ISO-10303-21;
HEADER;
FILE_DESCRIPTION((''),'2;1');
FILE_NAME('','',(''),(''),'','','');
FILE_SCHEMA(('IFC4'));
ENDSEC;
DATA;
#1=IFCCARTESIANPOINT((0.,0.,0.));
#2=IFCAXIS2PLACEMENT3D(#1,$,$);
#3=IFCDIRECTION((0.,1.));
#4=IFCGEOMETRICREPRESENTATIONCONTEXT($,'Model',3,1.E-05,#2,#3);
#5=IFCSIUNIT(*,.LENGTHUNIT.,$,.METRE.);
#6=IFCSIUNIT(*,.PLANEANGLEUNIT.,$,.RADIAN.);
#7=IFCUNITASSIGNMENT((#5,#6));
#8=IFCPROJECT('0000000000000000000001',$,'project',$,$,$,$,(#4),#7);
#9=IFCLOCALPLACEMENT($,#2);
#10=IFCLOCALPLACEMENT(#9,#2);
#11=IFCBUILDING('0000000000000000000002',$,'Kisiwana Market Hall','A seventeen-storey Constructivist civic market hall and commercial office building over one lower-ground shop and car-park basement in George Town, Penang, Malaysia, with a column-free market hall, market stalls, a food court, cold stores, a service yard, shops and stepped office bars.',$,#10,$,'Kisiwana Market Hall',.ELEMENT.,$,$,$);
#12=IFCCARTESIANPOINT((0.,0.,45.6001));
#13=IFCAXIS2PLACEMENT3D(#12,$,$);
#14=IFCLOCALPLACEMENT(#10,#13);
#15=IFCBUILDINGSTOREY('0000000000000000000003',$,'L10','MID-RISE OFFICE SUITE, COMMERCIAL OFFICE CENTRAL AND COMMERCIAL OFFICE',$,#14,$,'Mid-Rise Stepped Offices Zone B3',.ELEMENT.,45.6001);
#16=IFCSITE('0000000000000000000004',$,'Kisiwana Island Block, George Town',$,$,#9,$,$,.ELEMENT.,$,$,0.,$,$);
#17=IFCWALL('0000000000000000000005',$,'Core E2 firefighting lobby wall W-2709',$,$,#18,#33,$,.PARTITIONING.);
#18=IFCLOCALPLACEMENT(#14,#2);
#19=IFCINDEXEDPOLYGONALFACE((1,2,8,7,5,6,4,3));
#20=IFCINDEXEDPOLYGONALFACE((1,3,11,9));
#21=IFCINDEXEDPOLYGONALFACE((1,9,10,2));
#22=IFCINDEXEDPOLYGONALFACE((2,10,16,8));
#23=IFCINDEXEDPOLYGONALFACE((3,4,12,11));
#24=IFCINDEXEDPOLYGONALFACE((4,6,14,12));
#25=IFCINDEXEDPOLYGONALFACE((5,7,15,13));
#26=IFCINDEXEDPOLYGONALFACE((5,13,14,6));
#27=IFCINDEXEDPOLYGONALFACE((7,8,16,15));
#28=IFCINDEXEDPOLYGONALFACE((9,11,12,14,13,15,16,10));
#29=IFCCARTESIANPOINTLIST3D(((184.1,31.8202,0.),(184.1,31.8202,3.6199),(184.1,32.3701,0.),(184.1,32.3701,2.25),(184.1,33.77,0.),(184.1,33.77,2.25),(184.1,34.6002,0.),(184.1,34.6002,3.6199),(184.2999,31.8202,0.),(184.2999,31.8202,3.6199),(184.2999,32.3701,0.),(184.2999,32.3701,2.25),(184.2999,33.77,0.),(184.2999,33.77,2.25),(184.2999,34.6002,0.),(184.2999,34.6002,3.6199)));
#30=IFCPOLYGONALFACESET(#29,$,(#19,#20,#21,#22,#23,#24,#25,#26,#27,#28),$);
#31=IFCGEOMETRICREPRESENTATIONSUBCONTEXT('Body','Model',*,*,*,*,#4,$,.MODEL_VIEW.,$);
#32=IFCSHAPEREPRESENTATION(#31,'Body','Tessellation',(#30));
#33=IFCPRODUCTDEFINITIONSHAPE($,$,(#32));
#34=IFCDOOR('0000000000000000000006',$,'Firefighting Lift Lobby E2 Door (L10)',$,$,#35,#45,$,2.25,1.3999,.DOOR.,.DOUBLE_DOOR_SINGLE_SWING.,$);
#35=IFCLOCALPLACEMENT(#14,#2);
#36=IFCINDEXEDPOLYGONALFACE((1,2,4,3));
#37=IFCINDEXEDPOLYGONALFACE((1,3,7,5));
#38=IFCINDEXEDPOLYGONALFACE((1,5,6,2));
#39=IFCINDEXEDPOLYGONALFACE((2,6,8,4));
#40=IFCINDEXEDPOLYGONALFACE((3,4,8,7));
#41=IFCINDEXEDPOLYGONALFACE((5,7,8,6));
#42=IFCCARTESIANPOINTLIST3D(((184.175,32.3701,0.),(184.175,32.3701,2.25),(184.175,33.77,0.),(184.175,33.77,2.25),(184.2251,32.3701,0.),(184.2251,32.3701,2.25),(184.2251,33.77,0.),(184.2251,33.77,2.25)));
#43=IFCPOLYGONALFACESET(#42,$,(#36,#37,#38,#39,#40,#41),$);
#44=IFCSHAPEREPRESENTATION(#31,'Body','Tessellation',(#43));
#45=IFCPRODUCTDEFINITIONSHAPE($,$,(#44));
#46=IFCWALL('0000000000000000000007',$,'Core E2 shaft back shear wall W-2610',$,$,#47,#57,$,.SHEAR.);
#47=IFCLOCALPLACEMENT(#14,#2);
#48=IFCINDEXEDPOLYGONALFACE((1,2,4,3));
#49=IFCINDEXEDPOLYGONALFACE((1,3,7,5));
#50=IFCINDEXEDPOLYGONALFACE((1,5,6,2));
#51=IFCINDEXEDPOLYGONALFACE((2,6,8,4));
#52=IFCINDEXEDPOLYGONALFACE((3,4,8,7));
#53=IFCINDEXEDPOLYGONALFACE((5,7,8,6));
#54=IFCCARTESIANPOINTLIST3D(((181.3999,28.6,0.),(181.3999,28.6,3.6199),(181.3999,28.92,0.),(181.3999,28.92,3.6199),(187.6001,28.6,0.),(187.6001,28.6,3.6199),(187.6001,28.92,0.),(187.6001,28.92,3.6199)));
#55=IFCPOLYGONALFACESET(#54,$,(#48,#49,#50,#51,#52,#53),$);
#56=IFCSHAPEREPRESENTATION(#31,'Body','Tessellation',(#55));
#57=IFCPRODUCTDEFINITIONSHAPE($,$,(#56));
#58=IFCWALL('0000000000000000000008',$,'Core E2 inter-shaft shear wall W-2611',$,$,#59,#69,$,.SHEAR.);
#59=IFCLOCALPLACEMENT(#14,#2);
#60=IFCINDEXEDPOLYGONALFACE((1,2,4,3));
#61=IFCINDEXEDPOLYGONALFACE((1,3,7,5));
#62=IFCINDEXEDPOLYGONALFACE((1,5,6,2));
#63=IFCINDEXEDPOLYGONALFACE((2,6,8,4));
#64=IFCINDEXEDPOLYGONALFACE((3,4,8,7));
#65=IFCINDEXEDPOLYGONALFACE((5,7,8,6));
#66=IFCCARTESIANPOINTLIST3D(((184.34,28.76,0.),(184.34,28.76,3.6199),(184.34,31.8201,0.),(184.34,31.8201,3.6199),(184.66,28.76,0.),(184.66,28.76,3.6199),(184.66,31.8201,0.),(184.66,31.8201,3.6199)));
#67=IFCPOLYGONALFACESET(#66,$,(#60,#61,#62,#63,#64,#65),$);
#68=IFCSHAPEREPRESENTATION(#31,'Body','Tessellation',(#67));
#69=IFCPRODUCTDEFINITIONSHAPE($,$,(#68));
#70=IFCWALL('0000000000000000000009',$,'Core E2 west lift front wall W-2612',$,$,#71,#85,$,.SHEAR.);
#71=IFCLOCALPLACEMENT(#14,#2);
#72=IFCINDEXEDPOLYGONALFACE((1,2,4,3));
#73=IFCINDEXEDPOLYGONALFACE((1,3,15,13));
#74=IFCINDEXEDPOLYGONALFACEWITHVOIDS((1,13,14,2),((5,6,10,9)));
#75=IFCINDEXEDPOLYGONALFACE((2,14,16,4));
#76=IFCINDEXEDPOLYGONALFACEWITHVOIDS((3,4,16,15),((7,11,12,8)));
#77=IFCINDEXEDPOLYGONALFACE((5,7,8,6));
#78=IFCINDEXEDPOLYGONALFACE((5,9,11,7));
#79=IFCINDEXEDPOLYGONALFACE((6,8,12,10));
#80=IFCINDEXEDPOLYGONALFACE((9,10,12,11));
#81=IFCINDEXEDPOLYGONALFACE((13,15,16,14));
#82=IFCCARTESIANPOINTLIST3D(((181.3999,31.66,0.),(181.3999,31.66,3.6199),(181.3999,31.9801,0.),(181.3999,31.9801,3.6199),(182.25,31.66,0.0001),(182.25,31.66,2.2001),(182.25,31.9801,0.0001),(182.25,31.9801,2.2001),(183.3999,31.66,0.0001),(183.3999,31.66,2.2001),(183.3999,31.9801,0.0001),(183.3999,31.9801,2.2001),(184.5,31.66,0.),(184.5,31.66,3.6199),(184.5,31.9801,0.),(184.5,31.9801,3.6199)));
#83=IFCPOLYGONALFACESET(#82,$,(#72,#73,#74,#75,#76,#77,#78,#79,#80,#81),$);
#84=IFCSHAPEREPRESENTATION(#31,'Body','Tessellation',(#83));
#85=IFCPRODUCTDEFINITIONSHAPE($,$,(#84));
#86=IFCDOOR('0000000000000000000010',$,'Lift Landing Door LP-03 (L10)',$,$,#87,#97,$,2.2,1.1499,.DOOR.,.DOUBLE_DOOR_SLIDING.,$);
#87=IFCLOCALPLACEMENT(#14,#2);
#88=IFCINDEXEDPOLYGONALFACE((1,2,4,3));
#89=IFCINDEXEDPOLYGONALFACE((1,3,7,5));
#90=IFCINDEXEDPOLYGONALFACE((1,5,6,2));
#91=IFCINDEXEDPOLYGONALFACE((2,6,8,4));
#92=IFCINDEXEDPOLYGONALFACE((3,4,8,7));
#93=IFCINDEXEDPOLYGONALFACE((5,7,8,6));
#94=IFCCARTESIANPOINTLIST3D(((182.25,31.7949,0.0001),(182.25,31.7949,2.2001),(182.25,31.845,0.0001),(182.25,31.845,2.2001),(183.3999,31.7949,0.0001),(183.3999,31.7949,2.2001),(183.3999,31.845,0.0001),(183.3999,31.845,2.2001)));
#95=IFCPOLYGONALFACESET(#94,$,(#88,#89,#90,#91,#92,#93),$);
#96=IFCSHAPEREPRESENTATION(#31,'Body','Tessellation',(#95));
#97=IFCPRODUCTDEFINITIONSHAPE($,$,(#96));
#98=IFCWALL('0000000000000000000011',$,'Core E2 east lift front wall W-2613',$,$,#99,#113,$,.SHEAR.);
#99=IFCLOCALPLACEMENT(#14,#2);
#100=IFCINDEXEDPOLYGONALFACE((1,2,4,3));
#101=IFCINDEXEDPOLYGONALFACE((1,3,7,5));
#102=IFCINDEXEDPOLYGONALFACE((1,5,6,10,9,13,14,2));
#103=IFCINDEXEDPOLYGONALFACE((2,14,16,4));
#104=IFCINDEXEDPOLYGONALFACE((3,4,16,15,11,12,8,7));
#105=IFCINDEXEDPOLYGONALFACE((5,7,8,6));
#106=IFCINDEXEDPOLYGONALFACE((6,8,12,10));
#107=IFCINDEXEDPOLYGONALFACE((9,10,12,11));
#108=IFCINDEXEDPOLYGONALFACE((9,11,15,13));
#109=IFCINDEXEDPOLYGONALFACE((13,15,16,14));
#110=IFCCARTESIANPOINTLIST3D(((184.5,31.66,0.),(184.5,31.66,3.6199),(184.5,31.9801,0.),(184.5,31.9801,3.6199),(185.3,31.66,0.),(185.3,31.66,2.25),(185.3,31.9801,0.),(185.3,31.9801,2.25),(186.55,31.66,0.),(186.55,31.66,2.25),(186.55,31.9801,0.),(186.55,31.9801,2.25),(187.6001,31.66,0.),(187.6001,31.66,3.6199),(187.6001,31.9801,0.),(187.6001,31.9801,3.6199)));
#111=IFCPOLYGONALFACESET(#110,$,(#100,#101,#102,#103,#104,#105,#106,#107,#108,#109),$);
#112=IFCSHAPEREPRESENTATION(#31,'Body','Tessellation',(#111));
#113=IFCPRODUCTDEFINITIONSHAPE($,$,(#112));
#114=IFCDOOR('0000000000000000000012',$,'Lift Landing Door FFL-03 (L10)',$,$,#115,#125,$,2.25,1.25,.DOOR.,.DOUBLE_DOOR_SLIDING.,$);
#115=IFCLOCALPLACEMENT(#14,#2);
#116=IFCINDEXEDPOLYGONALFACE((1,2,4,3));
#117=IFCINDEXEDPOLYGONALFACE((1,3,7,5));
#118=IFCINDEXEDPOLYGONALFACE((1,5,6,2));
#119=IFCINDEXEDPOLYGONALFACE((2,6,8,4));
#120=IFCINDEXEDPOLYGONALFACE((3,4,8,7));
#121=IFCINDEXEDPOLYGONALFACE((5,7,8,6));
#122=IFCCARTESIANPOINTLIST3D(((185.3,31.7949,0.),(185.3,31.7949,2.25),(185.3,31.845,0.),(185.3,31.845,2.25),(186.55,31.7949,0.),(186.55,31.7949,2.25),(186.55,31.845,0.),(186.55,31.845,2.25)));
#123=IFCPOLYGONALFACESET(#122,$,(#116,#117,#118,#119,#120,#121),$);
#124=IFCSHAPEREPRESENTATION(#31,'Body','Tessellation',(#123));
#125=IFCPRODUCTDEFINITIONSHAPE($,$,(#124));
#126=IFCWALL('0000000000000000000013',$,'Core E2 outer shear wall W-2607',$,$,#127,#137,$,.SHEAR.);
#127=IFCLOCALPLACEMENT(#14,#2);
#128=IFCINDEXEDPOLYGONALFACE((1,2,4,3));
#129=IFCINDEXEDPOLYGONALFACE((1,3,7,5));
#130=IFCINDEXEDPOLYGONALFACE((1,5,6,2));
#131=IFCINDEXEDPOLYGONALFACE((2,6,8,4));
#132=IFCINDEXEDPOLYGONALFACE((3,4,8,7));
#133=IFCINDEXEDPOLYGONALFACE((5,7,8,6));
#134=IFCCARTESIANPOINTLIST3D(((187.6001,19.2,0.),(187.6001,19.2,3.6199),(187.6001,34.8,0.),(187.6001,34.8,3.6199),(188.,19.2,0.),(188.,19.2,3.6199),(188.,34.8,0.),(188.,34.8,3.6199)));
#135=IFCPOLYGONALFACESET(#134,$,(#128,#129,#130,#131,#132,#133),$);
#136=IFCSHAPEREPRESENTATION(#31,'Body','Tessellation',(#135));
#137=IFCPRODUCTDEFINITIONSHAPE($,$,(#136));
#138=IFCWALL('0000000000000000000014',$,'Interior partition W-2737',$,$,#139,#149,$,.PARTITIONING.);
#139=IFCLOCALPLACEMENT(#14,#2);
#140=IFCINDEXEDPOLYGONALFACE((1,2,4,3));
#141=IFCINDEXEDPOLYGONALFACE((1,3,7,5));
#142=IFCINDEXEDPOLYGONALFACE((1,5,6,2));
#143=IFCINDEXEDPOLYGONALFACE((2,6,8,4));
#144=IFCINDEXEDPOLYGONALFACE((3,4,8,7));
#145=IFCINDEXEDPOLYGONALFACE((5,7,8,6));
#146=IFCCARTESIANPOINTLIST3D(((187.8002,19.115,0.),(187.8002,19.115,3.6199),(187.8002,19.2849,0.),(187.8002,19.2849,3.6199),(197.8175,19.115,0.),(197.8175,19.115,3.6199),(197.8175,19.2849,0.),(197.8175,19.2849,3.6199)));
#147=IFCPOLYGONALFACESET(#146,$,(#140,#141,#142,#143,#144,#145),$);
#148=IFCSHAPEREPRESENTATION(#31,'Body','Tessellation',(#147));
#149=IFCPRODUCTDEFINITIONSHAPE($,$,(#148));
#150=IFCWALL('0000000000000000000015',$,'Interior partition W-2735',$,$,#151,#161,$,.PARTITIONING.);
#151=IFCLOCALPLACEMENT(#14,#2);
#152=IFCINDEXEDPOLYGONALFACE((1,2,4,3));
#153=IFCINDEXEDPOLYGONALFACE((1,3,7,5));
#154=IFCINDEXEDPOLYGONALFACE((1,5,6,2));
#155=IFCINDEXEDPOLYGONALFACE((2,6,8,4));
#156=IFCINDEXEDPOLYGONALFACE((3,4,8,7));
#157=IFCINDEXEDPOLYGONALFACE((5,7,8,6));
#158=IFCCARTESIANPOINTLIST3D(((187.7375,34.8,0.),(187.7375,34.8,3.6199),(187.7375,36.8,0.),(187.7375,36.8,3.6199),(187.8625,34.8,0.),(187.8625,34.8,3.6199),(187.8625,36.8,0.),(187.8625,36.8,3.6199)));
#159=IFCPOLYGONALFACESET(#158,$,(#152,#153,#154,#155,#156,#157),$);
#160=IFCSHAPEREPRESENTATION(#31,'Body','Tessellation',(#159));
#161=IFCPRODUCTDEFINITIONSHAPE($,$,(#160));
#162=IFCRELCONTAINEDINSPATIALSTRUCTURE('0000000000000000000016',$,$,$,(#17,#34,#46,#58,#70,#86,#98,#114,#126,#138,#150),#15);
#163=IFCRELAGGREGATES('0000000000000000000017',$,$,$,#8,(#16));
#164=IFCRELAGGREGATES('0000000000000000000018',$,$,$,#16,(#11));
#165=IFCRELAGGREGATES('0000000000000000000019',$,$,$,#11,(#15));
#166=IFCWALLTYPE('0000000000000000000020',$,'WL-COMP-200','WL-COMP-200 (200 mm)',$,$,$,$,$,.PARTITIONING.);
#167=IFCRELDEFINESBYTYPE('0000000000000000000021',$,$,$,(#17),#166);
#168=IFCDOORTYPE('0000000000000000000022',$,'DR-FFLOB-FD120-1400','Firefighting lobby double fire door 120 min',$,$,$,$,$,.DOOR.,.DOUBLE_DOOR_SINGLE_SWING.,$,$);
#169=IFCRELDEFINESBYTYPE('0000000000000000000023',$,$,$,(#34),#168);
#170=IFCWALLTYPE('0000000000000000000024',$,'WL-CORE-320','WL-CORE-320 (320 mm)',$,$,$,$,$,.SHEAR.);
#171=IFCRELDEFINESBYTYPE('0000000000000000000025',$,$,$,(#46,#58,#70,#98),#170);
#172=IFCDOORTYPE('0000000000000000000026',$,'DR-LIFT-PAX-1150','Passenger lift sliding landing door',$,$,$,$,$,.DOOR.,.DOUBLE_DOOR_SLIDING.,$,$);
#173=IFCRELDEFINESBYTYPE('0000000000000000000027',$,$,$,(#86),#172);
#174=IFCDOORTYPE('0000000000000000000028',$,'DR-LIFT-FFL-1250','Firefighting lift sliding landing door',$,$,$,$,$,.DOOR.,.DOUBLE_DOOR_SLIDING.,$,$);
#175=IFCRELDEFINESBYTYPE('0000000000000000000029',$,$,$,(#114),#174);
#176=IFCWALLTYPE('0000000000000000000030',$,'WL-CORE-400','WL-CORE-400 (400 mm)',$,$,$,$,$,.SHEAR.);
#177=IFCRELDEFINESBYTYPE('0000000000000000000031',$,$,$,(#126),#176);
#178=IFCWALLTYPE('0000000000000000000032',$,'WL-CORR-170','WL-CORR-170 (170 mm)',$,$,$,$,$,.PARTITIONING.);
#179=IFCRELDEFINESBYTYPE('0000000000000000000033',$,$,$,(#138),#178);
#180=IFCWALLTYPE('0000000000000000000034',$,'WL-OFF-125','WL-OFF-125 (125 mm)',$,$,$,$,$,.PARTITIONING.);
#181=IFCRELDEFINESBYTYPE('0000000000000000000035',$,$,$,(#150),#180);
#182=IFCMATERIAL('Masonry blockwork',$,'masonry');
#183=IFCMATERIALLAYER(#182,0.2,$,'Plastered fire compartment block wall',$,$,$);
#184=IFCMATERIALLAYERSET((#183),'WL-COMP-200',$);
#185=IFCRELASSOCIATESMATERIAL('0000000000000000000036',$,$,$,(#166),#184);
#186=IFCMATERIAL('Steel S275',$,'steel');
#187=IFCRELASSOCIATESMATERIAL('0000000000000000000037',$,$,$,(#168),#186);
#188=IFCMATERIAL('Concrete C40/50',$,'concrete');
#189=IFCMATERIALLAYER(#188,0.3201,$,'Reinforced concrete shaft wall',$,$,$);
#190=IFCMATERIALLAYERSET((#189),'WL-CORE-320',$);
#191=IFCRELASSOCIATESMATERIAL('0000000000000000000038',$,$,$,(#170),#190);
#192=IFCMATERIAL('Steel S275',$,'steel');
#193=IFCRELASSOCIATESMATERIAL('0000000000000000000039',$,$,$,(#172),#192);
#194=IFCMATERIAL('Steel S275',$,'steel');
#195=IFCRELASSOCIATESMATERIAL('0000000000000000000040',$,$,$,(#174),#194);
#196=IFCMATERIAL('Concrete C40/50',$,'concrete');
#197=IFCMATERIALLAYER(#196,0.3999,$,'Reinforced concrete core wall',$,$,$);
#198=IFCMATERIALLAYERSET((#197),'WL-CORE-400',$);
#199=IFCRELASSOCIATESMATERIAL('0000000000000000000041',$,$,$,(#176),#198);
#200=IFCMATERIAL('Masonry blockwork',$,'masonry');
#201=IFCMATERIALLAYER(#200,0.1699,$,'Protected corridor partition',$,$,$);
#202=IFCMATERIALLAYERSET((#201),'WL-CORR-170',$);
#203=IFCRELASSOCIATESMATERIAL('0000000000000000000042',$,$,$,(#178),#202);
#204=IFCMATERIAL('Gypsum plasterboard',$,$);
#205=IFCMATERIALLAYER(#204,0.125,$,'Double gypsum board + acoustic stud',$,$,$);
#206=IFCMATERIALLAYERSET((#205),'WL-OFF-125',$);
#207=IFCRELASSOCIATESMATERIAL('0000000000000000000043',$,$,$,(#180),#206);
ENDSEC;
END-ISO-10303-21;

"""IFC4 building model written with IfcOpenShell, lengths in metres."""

from ifc_helpers import new_model, si_unit, direction, frame, frame_2d, origin, place, context, subcontext, project, spatial, rectangle, extrude, material, layer, layer_set, type_object, element, fill, save


model = new_model("IFC4")

# Units and contexts
model_context = context("Model", 3, precision=1e-05, world=origin(), true_north=direction((0.0, 1.0)))
body_context = subcontext(model_context, "Body", "Model", "MODEL_VIEW")
ifc_project = project(units=[si_unit("LENGTHUNIT", "METRE"), si_unit("PLANEANGLEUNIT", "RADIAN")], contexts=[model_context])

# Site, building, storey
site_placement = place(None, origin())
site = spatial("IfcSite", under=ifc_project, at=site_placement, Name="Kisiwana Island Block, George Town", CompositionType="ELEMENT", RefElevation=0.0)
building_placement = place(site_placement, origin())
building = spatial("IfcBuilding", under=site, at=building_placement, Name="Kisiwana Market Hall", Description="A seventeen-storey Constructivist civic market hall and commercial office building over one lower-ground shop and car-park basement in George Town, Penang, Malaysia, with a column-free market hall, market stalls, a food court, cold stores, a service yard, shops and stepped office bars.", LongName="Kisiwana Market Hall", CompositionType="ELEMENT")
storey_placement = place(building_placement, frame((0.0, 0.0, 45.6001)))
storey = spatial("IfcBuildingStorey", under=building, at=storey_placement, Name="L10", Description="MID-RISE OFFICE SUITE, COMMERCIAL OFFICE CENTRAL AND COMMERCIAL OFFICE", LongName="Mid-Rise Stepped Offices Zone B3", CompositionType="ELEMENT", Elevation=45.6001)

# Wall, opening, door
ifc_material_1 = material(Name="Masonry blockwork", Category="masonry")
ifc_layer_1 = layer(ifc_material_1, 0.2, Name="Plastered fire compartment block wall")
ifc_layer_set_1 = layer_set([ifc_layer_1], Name="WL-COMP-200")
wall_type_1 = type_object("IfcWallType", Name="WL-COMP-200", Description="WL-COMP-200 (200 mm)", PredefinedType="PARTITIONING", material=ifc_layer_set_1)
wall_1_placement = place(storey_placement, frame((184.2, 31.8201, 0.0), z_axis=(0.0, 0.0, 1.0), x_axis=(0.0, 1.0, 0.0)))
wall_1 = element("IfcWall", 1, at=wall_1_placement, inside=storey, type_object=wall_type_1, Name="Core E2 firefighting lobby wall W-2709", PredefinedType="PARTITIONING", context=body_context, shape_type="SweptSolid", body=[
    extrude(rectangle(XDim=2.78, YDim=0.2, at=frame_2d((1.3901, 0.0))), origin(), (0.0, 0.0, 1.0), 3.6199),
])
opening_1_placement = place(wall_1_placement, frame((0.55, 0.0, 0.0)))
opening_1 = element("IfcOpeningElement", 2, at=opening_1_placement, cuts=wall_1, PredefinedType="OPENING", context=body_context, shape_type="SweptSolid", body=[
    extrude(rectangle(XDim=1.3999, YDim=2.25, at=frame_2d((0.7, 1.125))), frame((0.0, 0.1118, 0.0), z_axis=(0.0, -1.0, 0.0), x_axis=(1.0, 0.0, 0.0)), (0.0, 0.0, 1.0), 0.2239),
])
ifc_material_2 = material(Name="Steel S275", Category="steel")
door_type_1 = type_object("IfcDoorType", Name="DR-FFLOB-FD120-1400", Description="Firefighting lobby double fire door 120 min", OperationType="DOUBLE_DOOR_SINGLE_SWING", PredefinedType="DOOR", material=ifc_material_2)
door_1_placement = place(opening_1_placement, origin())
door_1 = element("IfcDoor", 3, at=door_1_placement, inside=storey, type_object=door_type_1, Name="Firefighting Lift Lobby E2 Door (L10)", OperationType="DOUBLE_DOOR_SINGLE_SWING", OverallHeight=2.25, OverallWidth=1.3999, PredefinedType="DOOR", context=body_context, shape_type="SweptSolid", body=[
    extrude(rectangle(XDim=1.3999, YDim=2.25, at=frame_2d((0.7, 1.125))), frame((0.0, 0.0249, 0.0), z_axis=(0.0, -1.0, 0.0), x_axis=(1.0, 0.0, 0.0)), (0.0, 0.0, 1.0), 0.05),
])
fill(opening_1, door_1)

# Walls
ifc_material_3 = material(Name="Concrete C40/50", Category="concrete")
ifc_layer_2 = layer(ifc_material_3, 0.3201, Name="Reinforced concrete shaft wall")
ifc_layer_set_2 = layer_set([ifc_layer_2], Name="WL-CORE-320")
wall_type_2 = type_object("IfcWallType", Name="WL-CORE-320", Description="WL-CORE-320 (320 mm)", PredefinedType="SHEAR", material=ifc_layer_set_2)
wall_2_placement = place(storey_placement, frame((181.3999, 28.76, 0.0), z_axis=(0.0, 0.0, 1.0), x_axis=(1.0, 0.0, 0.0)))
element("IfcWall", 4, at=wall_2_placement, inside=storey, type_object=wall_type_2, Name="Core E2 shaft back shear wall W-2610", PredefinedType="SHEAR", context=body_context, shape_type="SweptSolid", body=[
    extrude(rectangle(XDim=6.2002, YDim=0.3201, at=frame_2d((3.1001, 0.0))), origin(), (0.0, 0.0, 1.0), 3.6199),
])
wall_3_placement = place(storey_placement, frame((184.5, 28.76, 0.0), z_axis=(0.0, 0.0, 1.0), x_axis=(0.0, 1.0, 0.0)))
element("IfcWall", 5, at=wall_3_placement, inside=storey, type_object=wall_type_2, Name="Core E2 inter-shaft shear wall W-2611", PredefinedType="SHEAR", context=body_context, shape_type="SweptSolid", body=[
    extrude(rectangle(XDim=3.0601, YDim=0.3201, at=frame_2d((1.53, 0.0))), origin(), (0.0, 0.0, 1.0), 3.6199),
])

# Walls, openings, doors
wall_4_placement = place(storey_placement, frame((181.3999, 31.8201, 0.0), z_axis=(0.0, 0.0, 1.0), x_axis=(1.0, 0.0, 0.0)))
wall_4 = element("IfcWall", 6, at=wall_4_placement, inside=storey, type_object=wall_type_2, Name="Core E2 west lift front wall W-2612", PredefinedType="SHEAR", context=body_context, shape_type="SweptSolid", body=[
    extrude(rectangle(XDim=3.1001, YDim=0.3201, at=frame_2d((1.55, 0.0))), origin(), (0.0, 0.0, 1.0), 3.6199),
])
opening_2_placement = place(wall_4_placement, frame((0.8501, 0.0, 0.0)))
opening_2 = element("IfcOpeningElement", 7, at=opening_2_placement, cuts=wall_4, PredefinedType="OPENING", context=body_context, shape_type="SweptSolid", body=[
    extrude(rectangle(XDim=1.1499, YDim=2.2, at=frame_2d((0.575, 1.1001))), frame((0.0, 0.1719, 0.0), z_axis=(0.0, -1.0, 0.0), x_axis=(1.0, 0.0, 0.0)), (0.0, 0.0, 1.0), 0.344),
])
ifc_material_4 = material(Name="Steel S275", Category="steel")
door_type_2 = type_object("IfcDoorType", Name="DR-LIFT-PAX-1150", Description="Passenger lift sliding landing door", OperationType="DOUBLE_DOOR_SLIDING", PredefinedType="DOOR", material=ifc_material_4)
door_2_placement = place(opening_2_placement, origin())
door_2 = element("IfcDoor", 8, at=door_2_placement, inside=storey, type_object=door_type_2, Name="Lift Landing Door LP-03 (L10)", OperationType="DOUBLE_DOOR_SLIDING", OverallHeight=2.2, OverallWidth=1.1499, PredefinedType="DOOR", context=body_context, shape_type="SweptSolid", body=[
    extrude(rectangle(XDim=1.1499, YDim=2.2, at=frame_2d((0.575, 1.1001))), frame((0.0, 0.0249, 0.0), z_axis=(0.0, -1.0, 0.0), x_axis=(1.0, 0.0, 0.0)), (0.0, 0.0, 1.0), 0.05),
])
fill(opening_2, door_2)
wall_5_placement = place(storey_placement, frame((184.5, 31.8201, 0.0), z_axis=(0.0, 0.0, 1.0), x_axis=(1.0, 0.0, 0.0)))
wall_5 = element("IfcWall", 9, at=wall_5_placement, inside=storey, type_object=wall_type_2, Name="Core E2 east lift front wall W-2613", PredefinedType="SHEAR", context=body_context, shape_type="SweptSolid", body=[
    extrude(rectangle(XDim=3.1001, YDim=0.3201, at=frame_2d((1.55, 0.0))), origin(), (0.0, 0.0, 1.0), 3.6199),
])
opening_3_placement = place(wall_5_placement, frame((0.8, 0.0, 0.0)))
opening_3 = element("IfcOpeningElement", 10, at=opening_3_placement, cuts=wall_5, PredefinedType="OPENING", context=body_context, shape_type="SweptSolid", body=[
    extrude(rectangle(XDim=1.25, YDim=2.25, at=frame_2d((0.625, 1.125))), frame((0.0, 0.1719, 0.0), z_axis=(0.0, -1.0, 0.0), x_axis=(1.0, 0.0, 0.0)), (0.0, 0.0, 1.0), 0.344),
])
ifc_material_5 = material(Name="Steel S275", Category="steel")
door_type_3 = type_object("IfcDoorType", Name="DR-LIFT-FFL-1250", Description="Firefighting lift sliding landing door", OperationType="DOUBLE_DOOR_SLIDING", PredefinedType="DOOR", material=ifc_material_5)
door_3_placement = place(opening_3_placement, origin())
door_3 = element("IfcDoor", 11, at=door_3_placement, inside=storey, type_object=door_type_3, Name="Lift Landing Door FFL-03 (L10)", OperationType="DOUBLE_DOOR_SLIDING", OverallHeight=2.25, OverallWidth=1.25, PredefinedType="DOOR", context=body_context, shape_type="SweptSolid", body=[
    extrude(rectangle(XDim=1.25, YDim=2.25, at=frame_2d((0.625, 1.125))), frame((0.0, 0.0249, 0.0), z_axis=(0.0, -1.0, 0.0), x_axis=(1.0, 0.0, 0.0)), (0.0, 0.0, 1.0), 0.05),
])
fill(opening_3, door_3)

# Walls
ifc_material_6 = material(Name="Concrete C40/50", Category="concrete")
ifc_layer_3 = layer(ifc_material_6, 0.3999, Name="Reinforced concrete core wall")
ifc_layer_set_3 = layer_set([ifc_layer_3], Name="WL-CORE-400")
wall_type_3 = type_object("IfcWallType", Name="WL-CORE-400", Description="WL-CORE-400 (400 mm)", PredefinedType="SHEAR", material=ifc_layer_set_3)
wall_6_placement = place(storey_placement, frame((187.8, 19.2, 0.0), z_axis=(0.0, 0.0, 1.0), x_axis=(0.0, 1.0, 0.0)))
element("IfcWall", 12, at=wall_6_placement, inside=storey, type_object=wall_type_3, Name="Core E2 outer shear wall W-2607", PredefinedType="SHEAR", context=body_context, shape_type="SweptSolid", body=[
    extrude(rectangle(XDim=15.6001, YDim=0.3999, at=frame_2d((7.8, 0.0))), origin(), (0.0, 0.0, 1.0), 3.6199),
])
ifc_material_7 = material(Name="Masonry blockwork", Category="masonry")
ifc_layer_4 = layer(ifc_material_7, 0.1699, Name="Protected corridor partition")
ifc_layer_set_4 = layer_set([ifc_layer_4], Name="WL-CORR-170")
wall_type_4 = type_object("IfcWallType", Name="WL-CORR-170", Description="WL-CORR-170 (170 mm)", PredefinedType="PARTITIONING", material=ifc_layer_set_4)
wall_7_placement = place(storey_placement, frame((187.8, 19.2, 0.0), z_axis=(0.0, 0.0, 1.0), x_axis=(1.0, 0.0, 0.0)))
element("IfcWall", 13, at=wall_7_placement, inside=storey, type_object=wall_type_4, Name="Interior partition W-2737", PredefinedType="PARTITIONING", context=body_context, shape_type="SweptSolid", body=[
    extrude(rectangle(XDim=10.0173, YDim=0.1699, at=frame_2d((5.0088, 0.0))), origin(), (0.0, 0.0, 1.0), 3.6199),
])
ifc_material_8 = material(Name="Gypsum plasterboard")
ifc_layer_5 = layer(ifc_material_8, 0.125, Name="Double gypsum board + acoustic stud")
ifc_layer_set_5 = layer_set([ifc_layer_5], Name="WL-OFF-125")
wall_type_5 = type_object("IfcWallType", Name="WL-OFF-125", Description="WL-OFF-125 (125 mm)", PredefinedType="PARTITIONING", material=ifc_layer_set_5)
wall_8_placement = place(storey_placement, frame((187.8, 34.8, 0.0), z_axis=(0.0, 0.0, 1.0), x_axis=(0.0, 1.0, 0.0)))
element("IfcWall", 14, at=wall_8_placement, inside=storey, type_object=wall_type_5, Name="Interior partition W-2735", PredefinedType="PARTITIONING", context=body_context, shape_type="SweptSolid", body=[
    extrude(rectangle(XDim=2.0, YDim=0.125, at=frame_2d((1.0, 0.0))), origin(), (0.0, 0.0, 1.0), 3.6199),
])

save(model, "model.ifc")
